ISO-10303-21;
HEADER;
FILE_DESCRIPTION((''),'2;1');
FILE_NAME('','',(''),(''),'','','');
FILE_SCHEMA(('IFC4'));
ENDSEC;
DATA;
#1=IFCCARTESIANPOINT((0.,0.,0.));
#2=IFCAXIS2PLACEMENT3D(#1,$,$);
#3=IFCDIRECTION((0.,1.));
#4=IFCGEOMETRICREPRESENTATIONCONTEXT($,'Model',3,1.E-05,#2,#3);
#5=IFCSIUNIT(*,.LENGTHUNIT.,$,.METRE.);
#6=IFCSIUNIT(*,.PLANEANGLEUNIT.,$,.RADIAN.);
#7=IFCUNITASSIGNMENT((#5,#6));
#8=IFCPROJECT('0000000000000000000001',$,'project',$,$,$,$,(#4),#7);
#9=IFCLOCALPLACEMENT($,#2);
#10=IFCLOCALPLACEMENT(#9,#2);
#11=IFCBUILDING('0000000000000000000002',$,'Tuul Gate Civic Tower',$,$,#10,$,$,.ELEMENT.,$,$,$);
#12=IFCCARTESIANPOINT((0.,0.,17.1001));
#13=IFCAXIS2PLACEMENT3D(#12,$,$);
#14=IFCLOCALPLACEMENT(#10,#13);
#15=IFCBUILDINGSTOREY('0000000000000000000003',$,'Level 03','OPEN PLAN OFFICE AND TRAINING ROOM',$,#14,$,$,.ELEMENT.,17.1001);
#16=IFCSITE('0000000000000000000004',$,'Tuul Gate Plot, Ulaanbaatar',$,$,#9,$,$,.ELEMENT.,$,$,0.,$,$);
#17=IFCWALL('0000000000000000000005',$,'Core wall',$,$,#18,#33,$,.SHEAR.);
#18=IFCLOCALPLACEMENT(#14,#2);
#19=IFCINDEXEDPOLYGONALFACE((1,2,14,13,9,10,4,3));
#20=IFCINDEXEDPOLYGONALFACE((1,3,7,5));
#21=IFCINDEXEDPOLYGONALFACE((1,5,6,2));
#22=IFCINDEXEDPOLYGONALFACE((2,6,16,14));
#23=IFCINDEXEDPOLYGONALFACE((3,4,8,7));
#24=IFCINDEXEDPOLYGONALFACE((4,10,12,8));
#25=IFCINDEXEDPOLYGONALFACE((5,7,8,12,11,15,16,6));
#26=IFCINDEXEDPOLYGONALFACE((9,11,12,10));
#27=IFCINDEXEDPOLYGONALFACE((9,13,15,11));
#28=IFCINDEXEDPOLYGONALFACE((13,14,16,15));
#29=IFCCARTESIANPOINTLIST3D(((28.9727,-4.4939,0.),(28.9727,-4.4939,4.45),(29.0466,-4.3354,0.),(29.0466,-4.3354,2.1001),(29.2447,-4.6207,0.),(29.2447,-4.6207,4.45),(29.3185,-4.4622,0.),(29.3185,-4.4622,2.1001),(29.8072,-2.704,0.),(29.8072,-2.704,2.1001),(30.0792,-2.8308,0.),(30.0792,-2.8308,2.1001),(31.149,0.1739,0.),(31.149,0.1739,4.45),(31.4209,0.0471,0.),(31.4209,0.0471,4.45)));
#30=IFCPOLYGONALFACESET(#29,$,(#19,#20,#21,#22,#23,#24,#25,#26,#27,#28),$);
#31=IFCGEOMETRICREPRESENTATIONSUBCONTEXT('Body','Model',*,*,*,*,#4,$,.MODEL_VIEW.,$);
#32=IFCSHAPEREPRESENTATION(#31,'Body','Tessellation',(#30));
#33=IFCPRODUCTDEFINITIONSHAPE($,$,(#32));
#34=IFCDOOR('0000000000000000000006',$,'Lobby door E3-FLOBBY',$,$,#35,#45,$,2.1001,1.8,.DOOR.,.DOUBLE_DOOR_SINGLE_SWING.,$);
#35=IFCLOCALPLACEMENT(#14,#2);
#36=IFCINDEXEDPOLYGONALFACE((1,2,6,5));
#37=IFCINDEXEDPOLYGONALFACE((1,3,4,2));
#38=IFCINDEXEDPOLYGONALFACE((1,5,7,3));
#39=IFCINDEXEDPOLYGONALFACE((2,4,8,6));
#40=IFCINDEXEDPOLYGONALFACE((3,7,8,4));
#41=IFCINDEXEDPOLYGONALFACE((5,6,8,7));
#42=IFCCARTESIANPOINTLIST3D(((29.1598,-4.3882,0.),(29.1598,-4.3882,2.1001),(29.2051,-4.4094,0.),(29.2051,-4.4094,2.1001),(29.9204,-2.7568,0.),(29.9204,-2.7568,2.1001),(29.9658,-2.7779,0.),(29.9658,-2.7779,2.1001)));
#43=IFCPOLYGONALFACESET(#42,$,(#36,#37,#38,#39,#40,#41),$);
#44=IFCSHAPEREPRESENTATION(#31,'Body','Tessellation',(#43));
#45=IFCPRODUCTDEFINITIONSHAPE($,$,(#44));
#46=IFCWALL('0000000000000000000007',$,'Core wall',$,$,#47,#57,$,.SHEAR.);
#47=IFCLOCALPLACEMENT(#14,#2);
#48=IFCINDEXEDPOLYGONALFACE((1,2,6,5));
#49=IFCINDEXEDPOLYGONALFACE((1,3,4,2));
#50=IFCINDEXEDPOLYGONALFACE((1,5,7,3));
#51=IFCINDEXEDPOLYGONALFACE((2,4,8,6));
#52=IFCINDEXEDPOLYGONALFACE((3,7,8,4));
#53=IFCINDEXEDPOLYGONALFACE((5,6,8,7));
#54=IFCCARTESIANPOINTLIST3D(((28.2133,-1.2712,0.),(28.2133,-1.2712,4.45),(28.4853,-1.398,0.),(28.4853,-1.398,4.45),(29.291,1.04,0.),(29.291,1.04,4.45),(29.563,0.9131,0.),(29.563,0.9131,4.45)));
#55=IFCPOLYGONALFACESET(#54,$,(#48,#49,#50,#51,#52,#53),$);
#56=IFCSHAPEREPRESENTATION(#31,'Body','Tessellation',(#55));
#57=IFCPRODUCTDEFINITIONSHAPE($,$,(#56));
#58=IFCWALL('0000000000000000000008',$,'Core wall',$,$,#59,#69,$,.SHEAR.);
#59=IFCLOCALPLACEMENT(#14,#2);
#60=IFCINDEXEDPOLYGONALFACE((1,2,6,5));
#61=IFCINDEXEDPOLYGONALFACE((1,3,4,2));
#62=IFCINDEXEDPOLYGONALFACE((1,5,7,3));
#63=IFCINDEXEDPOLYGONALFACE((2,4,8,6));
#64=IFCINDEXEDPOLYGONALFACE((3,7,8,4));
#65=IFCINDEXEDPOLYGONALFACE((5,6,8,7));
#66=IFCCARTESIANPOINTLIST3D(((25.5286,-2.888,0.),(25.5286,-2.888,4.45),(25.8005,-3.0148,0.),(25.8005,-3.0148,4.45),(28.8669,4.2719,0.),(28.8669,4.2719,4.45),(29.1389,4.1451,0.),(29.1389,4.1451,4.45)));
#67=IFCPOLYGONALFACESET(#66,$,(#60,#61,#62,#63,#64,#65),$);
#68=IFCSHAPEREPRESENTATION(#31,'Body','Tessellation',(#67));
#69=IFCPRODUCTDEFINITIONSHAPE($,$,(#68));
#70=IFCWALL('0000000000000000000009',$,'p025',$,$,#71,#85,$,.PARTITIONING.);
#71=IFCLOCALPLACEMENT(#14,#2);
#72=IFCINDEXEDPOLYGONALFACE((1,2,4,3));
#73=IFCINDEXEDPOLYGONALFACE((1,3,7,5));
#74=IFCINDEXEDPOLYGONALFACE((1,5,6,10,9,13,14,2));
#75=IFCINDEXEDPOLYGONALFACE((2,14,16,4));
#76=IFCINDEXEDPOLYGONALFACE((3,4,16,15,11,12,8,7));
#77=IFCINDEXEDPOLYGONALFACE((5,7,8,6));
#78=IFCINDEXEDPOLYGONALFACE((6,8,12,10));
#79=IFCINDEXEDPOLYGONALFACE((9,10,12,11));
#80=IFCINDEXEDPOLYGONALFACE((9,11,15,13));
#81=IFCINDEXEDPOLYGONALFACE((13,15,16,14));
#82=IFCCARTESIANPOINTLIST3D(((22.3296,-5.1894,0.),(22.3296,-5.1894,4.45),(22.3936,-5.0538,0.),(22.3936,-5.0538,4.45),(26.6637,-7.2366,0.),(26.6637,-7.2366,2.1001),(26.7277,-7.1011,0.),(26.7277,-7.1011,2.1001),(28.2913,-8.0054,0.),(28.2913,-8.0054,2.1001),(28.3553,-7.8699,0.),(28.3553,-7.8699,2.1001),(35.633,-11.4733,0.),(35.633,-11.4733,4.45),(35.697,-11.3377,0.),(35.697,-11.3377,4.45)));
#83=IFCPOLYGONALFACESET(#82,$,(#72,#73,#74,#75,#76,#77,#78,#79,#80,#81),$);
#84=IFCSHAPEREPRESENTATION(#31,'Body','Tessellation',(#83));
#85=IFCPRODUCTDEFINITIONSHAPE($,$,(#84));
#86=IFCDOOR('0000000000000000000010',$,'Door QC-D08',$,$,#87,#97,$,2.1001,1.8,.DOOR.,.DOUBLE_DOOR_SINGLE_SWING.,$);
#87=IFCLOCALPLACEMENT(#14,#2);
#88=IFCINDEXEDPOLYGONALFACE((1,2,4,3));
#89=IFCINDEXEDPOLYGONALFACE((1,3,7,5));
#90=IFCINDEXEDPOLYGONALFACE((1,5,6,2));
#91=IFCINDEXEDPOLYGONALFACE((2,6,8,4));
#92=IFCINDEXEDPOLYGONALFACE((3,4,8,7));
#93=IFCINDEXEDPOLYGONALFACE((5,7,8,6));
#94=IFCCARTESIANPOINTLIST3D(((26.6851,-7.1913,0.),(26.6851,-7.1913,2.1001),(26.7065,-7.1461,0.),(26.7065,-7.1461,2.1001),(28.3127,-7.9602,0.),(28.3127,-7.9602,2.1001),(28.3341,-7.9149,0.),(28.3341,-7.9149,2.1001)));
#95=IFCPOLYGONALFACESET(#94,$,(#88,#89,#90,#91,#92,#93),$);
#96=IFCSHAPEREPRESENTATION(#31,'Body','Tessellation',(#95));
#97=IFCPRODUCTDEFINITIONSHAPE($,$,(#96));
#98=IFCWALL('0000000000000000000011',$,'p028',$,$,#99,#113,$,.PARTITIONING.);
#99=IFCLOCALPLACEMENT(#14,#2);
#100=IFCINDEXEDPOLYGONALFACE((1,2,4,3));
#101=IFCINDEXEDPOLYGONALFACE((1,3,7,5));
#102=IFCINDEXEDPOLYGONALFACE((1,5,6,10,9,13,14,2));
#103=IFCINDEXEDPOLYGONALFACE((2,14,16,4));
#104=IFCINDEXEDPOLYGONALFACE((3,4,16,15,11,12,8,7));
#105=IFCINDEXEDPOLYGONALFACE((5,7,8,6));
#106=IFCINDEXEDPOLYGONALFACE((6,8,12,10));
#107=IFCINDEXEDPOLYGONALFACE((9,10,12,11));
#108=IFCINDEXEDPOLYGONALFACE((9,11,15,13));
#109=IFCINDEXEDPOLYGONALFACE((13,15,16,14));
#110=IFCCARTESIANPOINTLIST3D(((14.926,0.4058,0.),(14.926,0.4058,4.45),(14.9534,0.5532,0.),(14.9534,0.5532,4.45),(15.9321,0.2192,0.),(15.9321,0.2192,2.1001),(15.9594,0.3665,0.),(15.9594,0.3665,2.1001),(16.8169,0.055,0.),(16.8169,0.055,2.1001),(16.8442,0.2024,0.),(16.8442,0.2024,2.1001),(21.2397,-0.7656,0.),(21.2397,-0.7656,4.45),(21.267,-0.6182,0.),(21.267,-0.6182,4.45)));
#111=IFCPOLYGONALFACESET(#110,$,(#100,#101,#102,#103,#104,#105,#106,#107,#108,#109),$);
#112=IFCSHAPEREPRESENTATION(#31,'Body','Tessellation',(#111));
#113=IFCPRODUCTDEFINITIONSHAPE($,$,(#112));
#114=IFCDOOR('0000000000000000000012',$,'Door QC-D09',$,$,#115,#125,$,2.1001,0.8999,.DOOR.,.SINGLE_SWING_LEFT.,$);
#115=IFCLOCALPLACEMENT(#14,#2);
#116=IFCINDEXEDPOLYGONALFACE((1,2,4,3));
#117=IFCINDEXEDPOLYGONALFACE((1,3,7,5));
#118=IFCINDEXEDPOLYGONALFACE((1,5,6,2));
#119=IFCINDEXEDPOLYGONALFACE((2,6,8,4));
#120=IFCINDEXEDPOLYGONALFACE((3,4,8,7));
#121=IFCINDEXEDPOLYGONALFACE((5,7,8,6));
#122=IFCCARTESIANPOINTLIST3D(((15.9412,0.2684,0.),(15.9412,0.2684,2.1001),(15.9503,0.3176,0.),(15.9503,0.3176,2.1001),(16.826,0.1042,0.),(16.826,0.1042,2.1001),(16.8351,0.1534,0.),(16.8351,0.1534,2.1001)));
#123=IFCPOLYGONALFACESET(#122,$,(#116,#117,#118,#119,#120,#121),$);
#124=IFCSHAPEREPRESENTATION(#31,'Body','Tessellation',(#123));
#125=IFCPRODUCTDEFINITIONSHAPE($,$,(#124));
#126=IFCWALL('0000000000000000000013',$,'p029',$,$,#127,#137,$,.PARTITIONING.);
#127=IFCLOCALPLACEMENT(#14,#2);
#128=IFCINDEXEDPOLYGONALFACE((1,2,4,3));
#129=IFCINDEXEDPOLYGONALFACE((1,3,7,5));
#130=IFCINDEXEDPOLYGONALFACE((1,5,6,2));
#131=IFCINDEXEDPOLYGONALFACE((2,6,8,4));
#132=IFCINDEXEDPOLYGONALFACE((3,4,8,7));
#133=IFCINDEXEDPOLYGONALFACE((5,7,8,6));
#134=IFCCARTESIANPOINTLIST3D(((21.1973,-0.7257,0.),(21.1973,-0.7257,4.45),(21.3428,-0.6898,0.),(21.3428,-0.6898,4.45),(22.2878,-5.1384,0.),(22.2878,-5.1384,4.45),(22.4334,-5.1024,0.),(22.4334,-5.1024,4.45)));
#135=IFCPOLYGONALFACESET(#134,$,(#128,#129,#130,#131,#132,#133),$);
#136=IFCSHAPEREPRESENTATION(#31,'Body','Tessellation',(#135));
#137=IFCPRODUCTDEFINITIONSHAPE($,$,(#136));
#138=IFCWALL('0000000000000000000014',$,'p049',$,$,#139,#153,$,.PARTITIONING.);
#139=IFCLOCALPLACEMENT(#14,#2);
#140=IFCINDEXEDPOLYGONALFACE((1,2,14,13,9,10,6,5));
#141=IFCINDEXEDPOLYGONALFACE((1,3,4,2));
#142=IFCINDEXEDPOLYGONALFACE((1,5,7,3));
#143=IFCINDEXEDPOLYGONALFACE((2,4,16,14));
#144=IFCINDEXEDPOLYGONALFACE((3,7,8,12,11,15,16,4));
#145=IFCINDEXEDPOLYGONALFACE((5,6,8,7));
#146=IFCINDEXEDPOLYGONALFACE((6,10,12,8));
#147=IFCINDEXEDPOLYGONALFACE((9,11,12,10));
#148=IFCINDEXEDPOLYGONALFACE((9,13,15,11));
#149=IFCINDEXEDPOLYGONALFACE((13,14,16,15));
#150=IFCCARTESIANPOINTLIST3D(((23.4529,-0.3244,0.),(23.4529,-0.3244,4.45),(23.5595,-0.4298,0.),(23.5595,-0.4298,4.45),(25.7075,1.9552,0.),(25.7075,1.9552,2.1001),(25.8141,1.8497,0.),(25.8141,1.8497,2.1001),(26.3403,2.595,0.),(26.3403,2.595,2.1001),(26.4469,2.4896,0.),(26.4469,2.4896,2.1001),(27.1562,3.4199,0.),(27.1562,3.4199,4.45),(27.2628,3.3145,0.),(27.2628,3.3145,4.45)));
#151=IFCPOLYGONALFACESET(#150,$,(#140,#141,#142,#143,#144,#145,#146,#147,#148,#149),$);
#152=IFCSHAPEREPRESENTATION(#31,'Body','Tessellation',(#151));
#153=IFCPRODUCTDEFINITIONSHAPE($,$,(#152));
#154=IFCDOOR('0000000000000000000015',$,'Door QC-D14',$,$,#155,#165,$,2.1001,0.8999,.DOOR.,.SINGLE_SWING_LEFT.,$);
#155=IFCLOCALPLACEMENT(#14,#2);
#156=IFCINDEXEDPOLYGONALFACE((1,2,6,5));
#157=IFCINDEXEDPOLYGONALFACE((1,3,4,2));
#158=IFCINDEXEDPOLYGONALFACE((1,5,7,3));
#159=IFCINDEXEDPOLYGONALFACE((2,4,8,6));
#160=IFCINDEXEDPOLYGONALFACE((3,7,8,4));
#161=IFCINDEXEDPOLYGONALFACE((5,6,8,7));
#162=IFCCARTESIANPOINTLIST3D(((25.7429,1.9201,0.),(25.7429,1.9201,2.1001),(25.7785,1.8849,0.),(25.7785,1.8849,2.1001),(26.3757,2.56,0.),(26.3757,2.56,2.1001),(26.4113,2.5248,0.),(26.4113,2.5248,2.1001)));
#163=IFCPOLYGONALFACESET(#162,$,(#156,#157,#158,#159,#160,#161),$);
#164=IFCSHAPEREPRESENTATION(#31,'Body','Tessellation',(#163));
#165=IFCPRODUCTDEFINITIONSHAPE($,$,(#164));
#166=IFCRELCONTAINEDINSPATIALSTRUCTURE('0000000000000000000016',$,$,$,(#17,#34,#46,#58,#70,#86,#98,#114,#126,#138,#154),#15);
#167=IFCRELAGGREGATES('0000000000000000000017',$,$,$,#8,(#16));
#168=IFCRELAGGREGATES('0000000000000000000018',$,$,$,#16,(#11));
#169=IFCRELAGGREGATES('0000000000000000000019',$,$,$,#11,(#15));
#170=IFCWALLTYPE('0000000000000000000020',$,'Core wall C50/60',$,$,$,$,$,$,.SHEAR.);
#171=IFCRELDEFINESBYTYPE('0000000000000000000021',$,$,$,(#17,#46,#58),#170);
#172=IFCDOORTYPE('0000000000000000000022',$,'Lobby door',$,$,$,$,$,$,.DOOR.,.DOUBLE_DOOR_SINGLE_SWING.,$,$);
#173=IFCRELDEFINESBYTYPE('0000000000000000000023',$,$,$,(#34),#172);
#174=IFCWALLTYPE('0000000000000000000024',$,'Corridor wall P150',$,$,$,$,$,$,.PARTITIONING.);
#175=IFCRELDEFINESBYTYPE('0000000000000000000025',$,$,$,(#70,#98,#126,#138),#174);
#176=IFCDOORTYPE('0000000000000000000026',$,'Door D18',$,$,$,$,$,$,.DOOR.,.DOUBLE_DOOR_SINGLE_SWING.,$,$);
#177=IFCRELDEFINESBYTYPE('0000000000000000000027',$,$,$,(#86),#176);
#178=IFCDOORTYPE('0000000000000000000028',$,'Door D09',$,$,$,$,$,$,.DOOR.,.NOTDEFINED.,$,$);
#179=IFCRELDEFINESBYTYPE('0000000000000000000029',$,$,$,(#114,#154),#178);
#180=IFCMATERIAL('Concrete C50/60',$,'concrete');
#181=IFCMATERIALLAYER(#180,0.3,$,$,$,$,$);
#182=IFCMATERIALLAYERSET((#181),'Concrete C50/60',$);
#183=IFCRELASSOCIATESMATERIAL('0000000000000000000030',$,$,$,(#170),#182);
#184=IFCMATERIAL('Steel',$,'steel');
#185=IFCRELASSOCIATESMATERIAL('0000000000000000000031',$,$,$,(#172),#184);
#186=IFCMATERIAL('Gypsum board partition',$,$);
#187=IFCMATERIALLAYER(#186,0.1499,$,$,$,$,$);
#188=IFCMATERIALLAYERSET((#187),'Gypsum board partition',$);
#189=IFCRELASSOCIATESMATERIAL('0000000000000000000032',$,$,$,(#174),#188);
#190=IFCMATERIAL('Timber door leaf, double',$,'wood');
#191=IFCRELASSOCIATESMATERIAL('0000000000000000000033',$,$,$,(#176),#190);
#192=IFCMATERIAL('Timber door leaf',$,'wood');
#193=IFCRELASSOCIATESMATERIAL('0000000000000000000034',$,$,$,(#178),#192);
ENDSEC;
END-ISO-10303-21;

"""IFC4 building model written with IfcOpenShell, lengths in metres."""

from ifc_helpers import new_model, si_unit, direction, frame, frame_2d, origin, place, context, subcontext, project, spatial, rectangle, extrude, material, layer, layer_set, type_object, element, fill, save


model = new_model("IFC4")

# Units and contexts
model_context = context("Model", 3, precision=1e-05, world=origin(), true_north=direction((0.0, 1.0)))
body_context = subcontext(model_context, "Body", "Model", "MODEL_VIEW")
ifc_project = project(units=[si_unit("LENGTHUNIT", "METRE"), si_unit("PLANEANGLEUNIT", "RADIAN")], contexts=[model_context])

# Site, building, storey
site_placement = place(None, origin())
site = spatial("IfcSite", under=ifc_project, at=site_placement, Name="Tuul Gate Plot, Ulaanbaatar", CompositionType="ELEMENT", RefElevation=0.0)
building_placement = place(site_placement, origin())
building = spatial("IfcBuilding", under=site, at=building_placement, Name="Tuul Gate Civic Tower", CompositionType="ELEMENT")
storey_placement = place(building_placement, frame((0.0, 0.0, 17.1001)))
storey = spatial("IfcBuildingStorey", under=building, at=storey_placement, Name="Level 03", Description="OPEN PLAN OFFICE AND TRAINING ROOM", CompositionType="ELEMENT", Elevation=17.1001)

# Shared definitions
ifc_material_1 = material(Name="Concrete C50/60", Category="concrete")
ifc_layer_1 = layer(ifc_material_1, 0.3)
ifc_layer_set_1 = layer_set([ifc_layer_1], Name="Concrete C50/60")
wall_type_1 = type_object("IfcWallType", Name="Core wall C50/60", PredefinedType="SHEAR", material=ifc_layer_set_1)

# Wall, opening, door
wall_1_placement = place(storey_placement, frame((29.1086, -4.5574, 0.0), z_axis=(0.0, 0.0, 1.0), x_axis=(0.422566, 0.906332, 0.0)))
wall_1 = element("IfcWall", 1, at=wall_1_placement, inside=storey, type_object=wall_type_1, Name="Core wall", PredefinedType="SHEAR", context=body_context, shape_type="SweptSolid", body=[
    extrude(rectangle(XDim=5.1501, YDim=0.3, at=frame_2d((2.5752, 0.0))), origin(), (0.0, 0.0, 1.0), 4.45),
])
opening_1_placement = place(wall_1_placement, frame((0.175, 0.0, 0.0)))
opening_1 = element("IfcOpeningElement", 2, at=opening_1_placement, cuts=wall_1, PredefinedType="OPENING", context=body_context, shape_type="SweptSolid", body=[
    extrude(rectangle(XDim=1.8, YDim=2.1001, at=frame_2d((0.8999, 1.05))), frame((0.0, 0.1602, 0.0), z_axis=(0.0, -1.0, 0.0), x_axis=(1.0, 0.0, 0.0)), (0.0, 0.0, 1.0), 0.3201),
])
ifc_material_2 = material(Name="Steel", Category="steel")
door_type_1 = type_object("IfcDoorType", Name="Lobby door", OperationType="DOUBLE_DOOR_SINGLE_SWING", PredefinedType="DOOR", material=ifc_material_2)
door_1_placement = place(opening_1_placement, frame((1.8, 0.0, 0.0), z_axis=(0.0, 0.0, 1.0), x_axis=(-1.0, 0.0, 0.0)))
door_1 = element("IfcDoor", 3, at=door_1_placement, inside=storey, type_object=door_type_1, Name="Lobby door E3-FLOBBY", OperationType="DOUBLE_DOOR_SINGLE_SWING", OverallHeight=2.1001, OverallWidth=1.8, PredefinedType="DOOR", context=body_context, shape_type="SweptSolid", body=[
    extrude(rectangle(XDim=1.8, YDim=2.1001, at=frame_2d((0.9001, 1.05))), frame((0.0, 0.0249, 0.0), z_axis=(0.0, -1.0, 0.0), x_axis=(1.0, 0.0, 0.0)), (0.0, 0.0, 1.0), 0.05),
])
fill(opening_1, door_1)

# Walls
wall_2_placement = place(storey_placement, frame((28.3494, -1.3345, 0.0), z_axis=(0.0, 0.0, 1.0), x_axis=(0.422613, 0.90631, 0.0)))
element("IfcWall", 4, at=wall_2_placement, inside=storey, type_object=wall_type_1, Name="Core wall", PredefinedType="SHEAR", context=body_context, shape_type="SweptSolid", body=[
    extrude(rectangle(XDim=2.55, YDim=0.3, at=frame_2d((1.2749, 0.0))), origin(), (0.0, 0.0, 1.0), 4.45),
])
wall_3_placement = place(storey_placement, frame((25.6646, -2.9514, 0.0), z_axis=(0.0, 0.0, 1.0), x_axis=(0.422583, 0.906324, 0.0)))
element("IfcWall", 5, at=wall_3_placement, inside=storey, type_object=wall_type_1, Name="Core wall", PredefinedType="SHEAR", context=body_context, shape_type="SweptSolid", body=[
    extrude(rectangle(XDim=7.8999, YDim=0.3, at=frame_2d((3.95, 0.0))), origin(), (0.0, 0.0, 1.0), 4.45),
])

# Walls, openings, doors
ifc_material_3 = material(Name="Gypsum board partition")
ifc_layer_2 = layer(ifc_material_3, 0.1499)
ifc_layer_set_2 = layer_set([ifc_layer_2], Name="Gypsum board partition")
wall_type_2 = type_object("IfcWallType", Name="Corridor wall P150", PredefinedType="PARTITIONING", material=ifc_layer_set_2)
wall_4_placement = place(storey_placement, frame((22.3616, -5.1216, 0.0), z_axis=(0.0, 0.0, 1.0), x_axis=(0.904203, -0.427103, 0.0)))
wall_4 = element("IfcWall", 6, at=wall_4_placement, inside=storey, type_object=wall_type_2, Name="p025", PredefinedType="PARTITIONING", context=body_context, shape_type="SweptSolid", body=[
    extrude(rectangle(XDim=14.7129, YDim=0.1499, at=frame_2d((7.3564, 0.0))), origin(), (0.0, 0.0, 1.0), 4.45),
])
opening_2_placement = place(wall_4_placement, frame((4.7935, 0.0, 0.0)))
opening_2 = element("IfcOpeningElement", 7, at=opening_2_placement, cuts=wall_4, PredefinedType="OPENING", context=body_context, shape_type="SweptSolid", body=[
    extrude(rectangle(XDim=1.8, YDim=2.1001, at=frame_2d((0.8999, 1.05))), frame((0.0, 0.085, 0.0), z_axis=(0.0, -1.0, 0.0), x_axis=(1.0, 0.0, 0.0)), (0.0, 0.0, 1.0), 0.1699),
])
ifc_material_4 = material(Name="Timber door leaf, double", Category="wood")
door_type_2 = type_object("IfcDoorType", Name="Door D18", OperationType="DOUBLE_DOOR_SINGLE_SWING", PredefinedType="DOOR", material=ifc_material_4)
door_2_placement = place(opening_2_placement, frame((1.8, 0.0, 0.0), z_axis=(0.0, 0.0, 1.0), x_axis=(-1.0, 0.0, 0.0)))
door_2 = element("IfcDoor", 8, at=door_2_placement, inside=storey, type_object=door_type_2, Name="Door QC-D08", OperationType="DOUBLE_DOOR_SINGLE_SWING", OverallHeight=2.1001, OverallWidth=1.8, PredefinedType="DOOR", context=body_context, shape_type="SweptSolid", body=[
    extrude(rectangle(XDim=1.8, YDim=2.1001, at=frame_2d((0.9001, 1.05))), frame((0.0, 0.0249, 0.0), z_axis=(0.0, -1.0, 0.0), x_axis=(1.0, 0.0, 0.0)), (0.0, 0.0, 1.0), 0.05),
])
fill(opening_2, door_2)
wall_5_placement = place(storey_placement, frame((14.9397, 0.4795, 0.0), z_axis=(0.0, 0.0, 1.0), x_axis=(0.983221, -0.182417, 0.0)))
wall_5 = element("IfcWall", 9, at=wall_5_placement, inside=storey, type_object=wall_type_2, Name="p028", PredefinedType="PARTITIONING", context=body_context, shape_type="SweptSolid", body=[
    extrude(rectangle(XDim=6.4214, YDim=0.1499, at=frame_2d((3.2107, 0.0))), origin(), (0.0, 0.0, 1.0), 4.45),
])
opening_3_placement = place(wall_5_placement, frame((1.0232, 0.0, 0.0)))
opening_3 = element("IfcOpeningElement", 10, at=opening_3_placement, cuts=wall_5, PredefinedType="OPENING", context=body_context, shape_type="SweptSolid", body=[
    extrude(rectangle(XDim=0.8999, YDim=2.1001, at=frame_2d((0.45, 1.05))), frame((0.0, 0.085, 0.0), z_axis=(0.0, -1.0, 0.0), x_axis=(1.0, 0.0, 0.0)), (0.0, 0.0, 1.0), 0.1699),
])
ifc_material_5 = material(Name="Timber door leaf", Category="wood")
door_type_3 = type_object("IfcDoorType", Name="Door D09", OperationType="NOTDEFINED", PredefinedType="DOOR", material=ifc_material_5)
door_3_placement = place(opening_3_placement, frame((0.8999, 0.0, 0.0), z_axis=(0.0, 0.0, 1.0), x_axis=(-1.0, 0.0, 0.0)))
door_3 = element("IfcDoor", 11, at=door_3_placement, inside=storey, type_object=door_type_3, Name="Door QC-D09", OperationType="SINGLE_SWING_LEFT", OverallHeight=2.1001, OverallWidth=0.8999, PredefinedType="DOOR", context=body_context, shape_type="SweptSolid", body=[
    extrude(rectangle(XDim=0.8999, YDim=2.1001, at=frame_2d((0.45, 1.05))), frame((0.0, 0.0249, 0.0), z_axis=(0.0, -1.0, 0.0), x_axis=(1.0, 0.0, 0.0)), (0.0, 0.0, 1.0), 0.05),
])
fill(opening_3, door_3)

# Wall
wall_6_placement = place(storey_placement, frame((21.27, -0.7078, 0.0), z_axis=(0.0, 0.0, 1.0), x_axis=(0.239931, -0.97079, 0.0)))
element("IfcWall", 12, at=wall_6_placement, inside=storey, type_object=wall_type_2, Name="p029", PredefinedType="PARTITIONING", context=body_context, shape_type="SweptSolid", body=[
    extrude(rectangle(XDim=4.5454, YDim=0.1499, at=frame_2d((2.2727, 0.0))), origin(), (0.0, 0.0, 1.0), 4.45),
])

# Wall, opening, door
wall_7_placement = place(storey_placement, frame((23.5061, -0.3772, 0.0), z_axis=(0.0, 0.0, 1.0), x_axis=(0.703202, 0.71099, 0.0)))
wall_7 = element("IfcWall", 13, at=wall_7_placement, inside=storey, type_object=wall_type_2, Name="p049", PredefinedType="PARTITIONING", context=body_context, shape_type="SweptSolid", body=[
    extrude(rectangle(XDim=5.2664, YDim=0.1499, at=frame_2d((2.6333, 0.0))), origin(), (0.0, 0.0, 1.0), 4.45),
])
opening_4_placement = place(wall_7_placement, frame((3.2063, 0.0, 0.0)))
opening_4 = element("IfcOpeningElement", 14, at=opening_4_placement, cuts=wall_7, PredefinedType="OPENING", context=body_context, shape_type="SweptSolid", body=[
    extrude(rectangle(XDim=0.8999, YDim=2.1001, at=frame_2d((0.45, 1.05))), frame((0.0, 0.085, 0.0), z_axis=(0.0, -1.0, 0.0), x_axis=(1.0, 0.0, 0.0)), (0.0, 0.0, 1.0), 0.1699),
])
door_4_placement = place(opening_4_placement, frame((0.8999, 0.0, 0.0), z_axis=(0.0, 0.0, 1.0), x_axis=(-1.0, 0.0, 0.0)))
door_4 = element("IfcDoor", 15, at=door_4_placement, inside=storey, type_object=door_type_3, Name="Door QC-D14", OperationType="SINGLE_SWING_LEFT", OverallHeight=2.1001, OverallWidth=0.8999, PredefinedType="DOOR", context=body_context, shape_type="SweptSolid", body=[
    extrude(rectangle(XDim=0.8999, YDim=2.1001, at=frame_2d((0.45, 1.05))), frame((0.0, 0.0249, 0.0), z_axis=(0.0, -1.0, 0.0), x_axis=(1.0, 0.0, 0.0)), (0.0, 0.0, 1.0), 0.05),
])
fill(opening_4, door_4)

save(model, "model.ifc")
